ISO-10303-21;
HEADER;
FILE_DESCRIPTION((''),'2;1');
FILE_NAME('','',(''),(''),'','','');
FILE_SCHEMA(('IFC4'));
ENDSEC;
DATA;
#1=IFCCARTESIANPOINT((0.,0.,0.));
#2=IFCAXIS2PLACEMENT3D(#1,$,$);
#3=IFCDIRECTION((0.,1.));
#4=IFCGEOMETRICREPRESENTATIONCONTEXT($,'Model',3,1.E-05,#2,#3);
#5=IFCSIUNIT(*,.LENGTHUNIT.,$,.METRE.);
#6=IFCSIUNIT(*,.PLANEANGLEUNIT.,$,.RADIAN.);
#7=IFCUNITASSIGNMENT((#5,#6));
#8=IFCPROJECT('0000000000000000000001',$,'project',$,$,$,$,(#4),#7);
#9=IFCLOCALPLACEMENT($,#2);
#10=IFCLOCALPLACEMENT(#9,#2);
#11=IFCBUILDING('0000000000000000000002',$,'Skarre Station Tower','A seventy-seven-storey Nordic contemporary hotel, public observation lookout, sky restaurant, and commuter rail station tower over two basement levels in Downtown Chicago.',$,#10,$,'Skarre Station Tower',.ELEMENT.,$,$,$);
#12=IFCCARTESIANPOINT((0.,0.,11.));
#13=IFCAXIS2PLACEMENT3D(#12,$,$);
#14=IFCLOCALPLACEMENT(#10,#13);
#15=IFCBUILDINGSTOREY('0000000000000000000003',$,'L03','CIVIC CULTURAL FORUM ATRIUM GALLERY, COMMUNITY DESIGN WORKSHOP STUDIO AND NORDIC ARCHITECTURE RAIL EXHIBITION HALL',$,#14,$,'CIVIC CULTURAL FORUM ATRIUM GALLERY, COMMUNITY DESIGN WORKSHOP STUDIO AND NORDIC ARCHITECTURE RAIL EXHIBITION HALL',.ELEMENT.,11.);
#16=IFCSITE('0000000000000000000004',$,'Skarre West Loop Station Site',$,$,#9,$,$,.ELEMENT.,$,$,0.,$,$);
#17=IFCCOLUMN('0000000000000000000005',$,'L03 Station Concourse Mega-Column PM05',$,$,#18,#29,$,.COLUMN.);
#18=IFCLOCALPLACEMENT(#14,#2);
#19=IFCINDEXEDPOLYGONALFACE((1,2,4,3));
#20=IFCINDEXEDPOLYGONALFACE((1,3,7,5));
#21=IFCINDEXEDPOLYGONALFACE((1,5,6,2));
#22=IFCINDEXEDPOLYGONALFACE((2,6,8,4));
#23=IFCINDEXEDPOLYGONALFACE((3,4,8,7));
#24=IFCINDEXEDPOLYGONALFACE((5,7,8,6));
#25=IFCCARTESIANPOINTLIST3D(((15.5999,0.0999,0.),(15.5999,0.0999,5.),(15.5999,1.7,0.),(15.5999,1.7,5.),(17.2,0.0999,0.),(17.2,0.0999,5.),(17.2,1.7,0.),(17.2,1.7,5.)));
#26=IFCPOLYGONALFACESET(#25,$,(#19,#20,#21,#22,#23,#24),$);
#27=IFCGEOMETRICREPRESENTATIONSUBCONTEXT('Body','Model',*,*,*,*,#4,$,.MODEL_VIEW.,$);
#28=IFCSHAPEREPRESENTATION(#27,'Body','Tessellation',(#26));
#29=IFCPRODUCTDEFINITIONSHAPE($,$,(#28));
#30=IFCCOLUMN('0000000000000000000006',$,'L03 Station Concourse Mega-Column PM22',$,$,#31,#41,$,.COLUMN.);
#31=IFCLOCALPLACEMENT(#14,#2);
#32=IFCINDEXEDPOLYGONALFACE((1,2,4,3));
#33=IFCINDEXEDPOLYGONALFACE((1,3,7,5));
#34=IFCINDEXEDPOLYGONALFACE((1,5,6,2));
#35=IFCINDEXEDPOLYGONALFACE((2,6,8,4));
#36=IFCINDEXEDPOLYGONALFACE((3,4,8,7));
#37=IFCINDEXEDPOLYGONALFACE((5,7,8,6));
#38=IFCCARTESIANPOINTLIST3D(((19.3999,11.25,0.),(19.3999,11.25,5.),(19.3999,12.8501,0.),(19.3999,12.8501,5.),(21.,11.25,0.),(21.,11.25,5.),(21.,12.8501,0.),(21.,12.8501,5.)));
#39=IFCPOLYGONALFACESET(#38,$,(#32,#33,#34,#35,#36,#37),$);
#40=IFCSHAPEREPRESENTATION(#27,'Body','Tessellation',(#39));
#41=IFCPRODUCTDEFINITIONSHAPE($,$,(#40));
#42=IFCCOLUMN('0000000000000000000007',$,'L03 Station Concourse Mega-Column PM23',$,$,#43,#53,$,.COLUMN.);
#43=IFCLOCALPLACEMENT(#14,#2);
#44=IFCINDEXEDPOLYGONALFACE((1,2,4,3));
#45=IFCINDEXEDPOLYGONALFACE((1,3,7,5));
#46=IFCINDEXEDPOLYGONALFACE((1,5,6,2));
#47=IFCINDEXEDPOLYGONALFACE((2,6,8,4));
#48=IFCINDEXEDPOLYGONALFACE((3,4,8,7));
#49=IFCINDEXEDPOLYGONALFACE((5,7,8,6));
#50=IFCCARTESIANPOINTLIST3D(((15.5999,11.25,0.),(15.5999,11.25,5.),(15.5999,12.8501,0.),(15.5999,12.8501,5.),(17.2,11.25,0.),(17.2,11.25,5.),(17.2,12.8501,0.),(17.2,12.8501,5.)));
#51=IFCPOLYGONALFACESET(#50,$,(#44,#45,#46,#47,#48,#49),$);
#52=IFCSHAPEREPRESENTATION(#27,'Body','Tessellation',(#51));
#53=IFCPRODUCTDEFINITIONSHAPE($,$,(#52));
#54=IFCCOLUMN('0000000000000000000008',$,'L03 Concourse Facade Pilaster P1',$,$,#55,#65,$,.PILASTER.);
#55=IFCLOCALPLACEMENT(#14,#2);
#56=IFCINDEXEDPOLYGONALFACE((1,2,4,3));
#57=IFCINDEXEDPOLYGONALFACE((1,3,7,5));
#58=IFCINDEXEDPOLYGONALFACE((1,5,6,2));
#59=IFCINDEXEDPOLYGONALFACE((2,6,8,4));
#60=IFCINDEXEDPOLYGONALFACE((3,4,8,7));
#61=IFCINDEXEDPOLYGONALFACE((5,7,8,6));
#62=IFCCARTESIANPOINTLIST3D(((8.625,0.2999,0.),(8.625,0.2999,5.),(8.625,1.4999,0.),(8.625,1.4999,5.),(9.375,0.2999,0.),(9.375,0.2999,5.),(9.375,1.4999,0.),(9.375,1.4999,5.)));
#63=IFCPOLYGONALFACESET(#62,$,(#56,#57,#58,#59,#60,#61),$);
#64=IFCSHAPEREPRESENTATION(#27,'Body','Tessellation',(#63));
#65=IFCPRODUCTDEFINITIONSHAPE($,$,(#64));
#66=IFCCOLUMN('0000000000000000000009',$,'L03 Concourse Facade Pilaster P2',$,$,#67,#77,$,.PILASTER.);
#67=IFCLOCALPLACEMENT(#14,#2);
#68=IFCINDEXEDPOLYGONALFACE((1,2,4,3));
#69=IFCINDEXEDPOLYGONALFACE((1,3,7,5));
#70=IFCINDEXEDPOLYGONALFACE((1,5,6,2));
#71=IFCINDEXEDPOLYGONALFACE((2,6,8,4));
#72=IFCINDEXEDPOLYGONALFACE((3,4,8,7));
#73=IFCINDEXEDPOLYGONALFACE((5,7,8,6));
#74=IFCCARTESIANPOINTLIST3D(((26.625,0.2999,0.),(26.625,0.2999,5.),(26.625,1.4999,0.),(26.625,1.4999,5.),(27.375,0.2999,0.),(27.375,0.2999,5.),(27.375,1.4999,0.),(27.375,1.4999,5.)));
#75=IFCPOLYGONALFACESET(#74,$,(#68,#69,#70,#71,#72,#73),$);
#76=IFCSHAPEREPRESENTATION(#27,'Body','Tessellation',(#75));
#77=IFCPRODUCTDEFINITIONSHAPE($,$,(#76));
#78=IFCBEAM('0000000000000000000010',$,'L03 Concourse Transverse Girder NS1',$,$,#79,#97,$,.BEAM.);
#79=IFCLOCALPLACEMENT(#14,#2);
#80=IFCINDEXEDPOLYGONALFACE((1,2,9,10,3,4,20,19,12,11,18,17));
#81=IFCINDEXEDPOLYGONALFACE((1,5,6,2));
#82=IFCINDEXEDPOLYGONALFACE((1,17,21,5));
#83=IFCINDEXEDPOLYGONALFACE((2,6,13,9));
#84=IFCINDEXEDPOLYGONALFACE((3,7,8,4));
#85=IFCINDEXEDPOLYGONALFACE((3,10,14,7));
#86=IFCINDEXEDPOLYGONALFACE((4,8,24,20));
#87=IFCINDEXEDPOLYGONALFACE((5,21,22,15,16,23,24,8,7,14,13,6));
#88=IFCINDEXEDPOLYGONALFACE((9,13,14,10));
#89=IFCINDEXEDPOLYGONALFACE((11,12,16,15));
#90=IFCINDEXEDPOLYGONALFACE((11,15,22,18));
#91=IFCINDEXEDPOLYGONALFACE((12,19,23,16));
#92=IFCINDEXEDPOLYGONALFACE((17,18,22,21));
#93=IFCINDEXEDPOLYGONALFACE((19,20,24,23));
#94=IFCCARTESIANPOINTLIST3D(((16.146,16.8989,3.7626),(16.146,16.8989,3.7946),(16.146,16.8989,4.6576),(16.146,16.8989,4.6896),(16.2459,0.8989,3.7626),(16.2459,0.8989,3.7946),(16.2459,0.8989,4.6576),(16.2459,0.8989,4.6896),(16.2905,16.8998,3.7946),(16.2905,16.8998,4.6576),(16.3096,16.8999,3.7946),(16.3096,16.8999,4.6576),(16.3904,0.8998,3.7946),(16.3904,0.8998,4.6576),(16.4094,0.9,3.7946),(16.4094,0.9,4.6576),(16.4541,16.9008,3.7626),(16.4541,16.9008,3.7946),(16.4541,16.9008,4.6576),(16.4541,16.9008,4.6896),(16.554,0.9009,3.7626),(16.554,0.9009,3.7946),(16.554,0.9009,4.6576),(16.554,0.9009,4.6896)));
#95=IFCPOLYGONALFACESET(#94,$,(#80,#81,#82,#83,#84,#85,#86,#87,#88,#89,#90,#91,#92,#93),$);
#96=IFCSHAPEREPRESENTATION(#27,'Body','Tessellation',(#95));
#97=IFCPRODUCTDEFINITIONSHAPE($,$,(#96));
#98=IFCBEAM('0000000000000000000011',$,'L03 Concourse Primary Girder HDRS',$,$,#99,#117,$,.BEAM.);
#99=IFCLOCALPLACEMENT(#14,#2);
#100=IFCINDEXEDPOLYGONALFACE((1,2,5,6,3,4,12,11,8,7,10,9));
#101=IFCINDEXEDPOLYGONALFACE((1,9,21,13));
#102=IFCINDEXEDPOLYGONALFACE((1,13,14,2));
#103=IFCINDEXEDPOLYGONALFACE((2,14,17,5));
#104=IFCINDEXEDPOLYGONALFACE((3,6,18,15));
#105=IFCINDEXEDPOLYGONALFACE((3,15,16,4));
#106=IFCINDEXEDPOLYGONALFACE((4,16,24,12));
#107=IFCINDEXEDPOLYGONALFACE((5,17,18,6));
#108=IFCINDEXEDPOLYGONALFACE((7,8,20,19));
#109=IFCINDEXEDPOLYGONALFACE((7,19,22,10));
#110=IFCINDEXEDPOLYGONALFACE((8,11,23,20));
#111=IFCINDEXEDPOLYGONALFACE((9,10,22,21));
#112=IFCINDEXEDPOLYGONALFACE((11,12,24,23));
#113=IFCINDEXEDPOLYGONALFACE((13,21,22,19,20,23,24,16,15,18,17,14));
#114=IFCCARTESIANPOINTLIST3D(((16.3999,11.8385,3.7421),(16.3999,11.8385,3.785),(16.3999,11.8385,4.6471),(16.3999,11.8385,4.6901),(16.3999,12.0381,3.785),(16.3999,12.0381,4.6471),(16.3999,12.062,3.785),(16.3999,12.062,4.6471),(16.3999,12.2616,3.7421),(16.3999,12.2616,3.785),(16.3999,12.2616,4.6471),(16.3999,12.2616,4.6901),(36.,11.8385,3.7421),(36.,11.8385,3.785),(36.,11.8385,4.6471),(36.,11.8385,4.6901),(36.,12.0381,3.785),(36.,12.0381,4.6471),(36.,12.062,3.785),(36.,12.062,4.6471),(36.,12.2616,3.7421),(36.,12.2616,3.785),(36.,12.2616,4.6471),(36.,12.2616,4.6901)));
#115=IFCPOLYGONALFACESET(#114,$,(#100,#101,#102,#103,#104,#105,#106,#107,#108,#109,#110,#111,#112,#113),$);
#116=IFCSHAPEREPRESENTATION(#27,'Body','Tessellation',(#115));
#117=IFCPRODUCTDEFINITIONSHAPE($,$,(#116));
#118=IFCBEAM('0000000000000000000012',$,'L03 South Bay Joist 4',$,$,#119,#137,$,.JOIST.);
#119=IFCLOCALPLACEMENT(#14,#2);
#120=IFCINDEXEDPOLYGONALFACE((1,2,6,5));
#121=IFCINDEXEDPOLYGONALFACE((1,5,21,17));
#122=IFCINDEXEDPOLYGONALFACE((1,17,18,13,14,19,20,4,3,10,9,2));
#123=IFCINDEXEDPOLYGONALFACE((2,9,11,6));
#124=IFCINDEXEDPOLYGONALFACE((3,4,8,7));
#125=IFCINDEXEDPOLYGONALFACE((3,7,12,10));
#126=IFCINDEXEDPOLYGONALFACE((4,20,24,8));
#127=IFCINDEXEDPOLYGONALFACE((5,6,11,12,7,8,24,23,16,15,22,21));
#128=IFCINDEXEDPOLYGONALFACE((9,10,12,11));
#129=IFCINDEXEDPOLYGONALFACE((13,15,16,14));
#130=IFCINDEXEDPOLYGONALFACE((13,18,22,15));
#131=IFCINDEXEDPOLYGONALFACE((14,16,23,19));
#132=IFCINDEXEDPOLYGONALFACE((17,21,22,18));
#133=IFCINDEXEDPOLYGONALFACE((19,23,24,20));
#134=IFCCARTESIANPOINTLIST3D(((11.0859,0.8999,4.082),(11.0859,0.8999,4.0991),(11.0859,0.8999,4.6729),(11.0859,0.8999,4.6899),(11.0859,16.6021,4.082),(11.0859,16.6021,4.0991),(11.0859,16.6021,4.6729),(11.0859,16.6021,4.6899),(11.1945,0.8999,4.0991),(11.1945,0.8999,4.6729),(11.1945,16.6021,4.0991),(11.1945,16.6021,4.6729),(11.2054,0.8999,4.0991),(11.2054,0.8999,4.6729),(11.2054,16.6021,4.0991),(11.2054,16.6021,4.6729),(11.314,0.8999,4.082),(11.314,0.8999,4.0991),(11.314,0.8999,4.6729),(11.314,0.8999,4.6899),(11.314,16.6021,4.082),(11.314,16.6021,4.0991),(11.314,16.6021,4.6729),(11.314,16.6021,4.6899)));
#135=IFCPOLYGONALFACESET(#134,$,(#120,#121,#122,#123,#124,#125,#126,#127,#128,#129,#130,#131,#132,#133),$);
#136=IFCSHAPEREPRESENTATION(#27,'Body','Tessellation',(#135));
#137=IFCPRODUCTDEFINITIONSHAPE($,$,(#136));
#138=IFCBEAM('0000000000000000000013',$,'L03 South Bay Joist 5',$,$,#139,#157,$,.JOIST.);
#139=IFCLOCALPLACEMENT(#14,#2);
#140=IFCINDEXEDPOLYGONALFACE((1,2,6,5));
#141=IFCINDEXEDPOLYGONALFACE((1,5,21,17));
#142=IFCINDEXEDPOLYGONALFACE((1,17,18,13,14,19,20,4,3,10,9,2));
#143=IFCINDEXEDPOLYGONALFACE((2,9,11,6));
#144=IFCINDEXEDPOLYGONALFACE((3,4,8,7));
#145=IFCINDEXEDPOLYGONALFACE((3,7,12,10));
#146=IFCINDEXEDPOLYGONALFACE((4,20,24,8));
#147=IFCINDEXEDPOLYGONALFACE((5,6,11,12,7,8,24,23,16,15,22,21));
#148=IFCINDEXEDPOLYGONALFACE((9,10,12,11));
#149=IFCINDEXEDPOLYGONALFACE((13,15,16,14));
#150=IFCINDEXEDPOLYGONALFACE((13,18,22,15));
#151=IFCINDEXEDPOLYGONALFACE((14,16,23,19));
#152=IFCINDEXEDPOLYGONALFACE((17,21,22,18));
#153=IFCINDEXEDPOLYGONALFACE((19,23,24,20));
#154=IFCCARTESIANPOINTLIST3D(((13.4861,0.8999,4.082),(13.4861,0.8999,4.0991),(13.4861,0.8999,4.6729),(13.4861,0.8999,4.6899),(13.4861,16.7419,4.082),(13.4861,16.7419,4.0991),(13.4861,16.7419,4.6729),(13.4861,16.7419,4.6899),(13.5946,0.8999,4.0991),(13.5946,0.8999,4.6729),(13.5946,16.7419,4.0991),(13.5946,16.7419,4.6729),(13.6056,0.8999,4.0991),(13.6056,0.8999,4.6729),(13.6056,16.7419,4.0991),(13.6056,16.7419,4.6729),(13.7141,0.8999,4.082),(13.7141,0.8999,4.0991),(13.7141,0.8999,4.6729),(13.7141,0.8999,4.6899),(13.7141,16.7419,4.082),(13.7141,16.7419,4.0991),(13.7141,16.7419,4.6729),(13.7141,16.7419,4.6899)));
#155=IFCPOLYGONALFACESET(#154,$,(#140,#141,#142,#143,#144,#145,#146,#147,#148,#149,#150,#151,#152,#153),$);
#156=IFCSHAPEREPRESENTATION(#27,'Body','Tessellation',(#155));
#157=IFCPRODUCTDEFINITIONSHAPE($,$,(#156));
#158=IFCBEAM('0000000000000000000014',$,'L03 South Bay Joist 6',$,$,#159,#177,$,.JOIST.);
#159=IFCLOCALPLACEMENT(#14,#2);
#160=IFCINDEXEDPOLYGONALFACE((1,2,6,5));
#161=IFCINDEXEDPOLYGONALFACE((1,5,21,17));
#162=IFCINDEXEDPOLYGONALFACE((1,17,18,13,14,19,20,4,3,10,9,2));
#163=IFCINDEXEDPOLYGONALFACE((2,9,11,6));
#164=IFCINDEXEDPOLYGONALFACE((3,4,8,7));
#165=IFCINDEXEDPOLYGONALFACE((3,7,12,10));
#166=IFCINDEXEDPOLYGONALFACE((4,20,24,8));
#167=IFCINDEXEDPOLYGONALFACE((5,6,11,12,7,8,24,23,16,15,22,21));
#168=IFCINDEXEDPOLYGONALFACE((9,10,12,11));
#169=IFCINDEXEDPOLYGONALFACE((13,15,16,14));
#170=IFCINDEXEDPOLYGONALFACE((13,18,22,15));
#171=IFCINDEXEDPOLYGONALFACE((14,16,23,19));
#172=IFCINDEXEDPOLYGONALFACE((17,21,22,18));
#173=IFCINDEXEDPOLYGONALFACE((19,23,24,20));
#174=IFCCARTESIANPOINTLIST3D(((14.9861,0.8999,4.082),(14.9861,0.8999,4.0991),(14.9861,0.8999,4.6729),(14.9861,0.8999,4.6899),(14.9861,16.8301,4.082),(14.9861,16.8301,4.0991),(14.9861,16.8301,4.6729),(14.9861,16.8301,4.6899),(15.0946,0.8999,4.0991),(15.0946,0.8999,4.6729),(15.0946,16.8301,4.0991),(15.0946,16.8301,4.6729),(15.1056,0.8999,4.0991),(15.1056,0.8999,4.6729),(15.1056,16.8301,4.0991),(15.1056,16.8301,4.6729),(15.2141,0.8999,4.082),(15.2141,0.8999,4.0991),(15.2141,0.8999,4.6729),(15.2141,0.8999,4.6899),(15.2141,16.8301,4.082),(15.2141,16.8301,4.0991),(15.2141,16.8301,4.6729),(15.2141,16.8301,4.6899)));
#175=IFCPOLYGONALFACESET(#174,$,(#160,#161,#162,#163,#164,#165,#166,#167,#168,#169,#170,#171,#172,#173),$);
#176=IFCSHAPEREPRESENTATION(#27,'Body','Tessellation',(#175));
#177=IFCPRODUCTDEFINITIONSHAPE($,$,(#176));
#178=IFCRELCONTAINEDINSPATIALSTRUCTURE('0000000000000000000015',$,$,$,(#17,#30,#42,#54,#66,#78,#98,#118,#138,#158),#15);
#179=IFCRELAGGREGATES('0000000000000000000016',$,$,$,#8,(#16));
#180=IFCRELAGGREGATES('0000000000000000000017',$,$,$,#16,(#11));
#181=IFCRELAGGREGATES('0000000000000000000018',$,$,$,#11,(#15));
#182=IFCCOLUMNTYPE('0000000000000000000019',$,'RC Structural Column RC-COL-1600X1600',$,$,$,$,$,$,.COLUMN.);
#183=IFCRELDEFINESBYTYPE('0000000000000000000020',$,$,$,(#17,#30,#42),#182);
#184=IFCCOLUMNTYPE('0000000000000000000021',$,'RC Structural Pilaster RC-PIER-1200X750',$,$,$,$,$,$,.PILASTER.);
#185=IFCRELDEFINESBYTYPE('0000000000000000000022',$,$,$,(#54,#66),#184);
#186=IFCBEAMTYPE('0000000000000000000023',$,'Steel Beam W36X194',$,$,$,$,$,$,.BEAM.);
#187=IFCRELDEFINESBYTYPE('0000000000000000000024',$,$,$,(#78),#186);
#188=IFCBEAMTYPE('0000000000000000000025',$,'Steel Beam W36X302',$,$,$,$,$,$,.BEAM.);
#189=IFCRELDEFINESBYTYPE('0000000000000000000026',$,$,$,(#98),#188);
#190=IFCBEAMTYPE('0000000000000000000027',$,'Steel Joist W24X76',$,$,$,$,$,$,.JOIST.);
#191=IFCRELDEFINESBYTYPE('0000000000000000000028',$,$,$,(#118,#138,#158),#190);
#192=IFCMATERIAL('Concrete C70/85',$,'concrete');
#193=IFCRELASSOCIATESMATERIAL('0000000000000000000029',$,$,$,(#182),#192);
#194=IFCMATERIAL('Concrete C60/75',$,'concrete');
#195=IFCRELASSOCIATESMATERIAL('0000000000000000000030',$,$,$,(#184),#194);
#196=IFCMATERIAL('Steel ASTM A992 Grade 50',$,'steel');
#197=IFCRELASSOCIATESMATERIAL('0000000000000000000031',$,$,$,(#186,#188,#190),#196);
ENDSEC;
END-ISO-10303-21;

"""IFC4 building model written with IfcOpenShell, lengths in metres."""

from ifc_helpers import new_model, si_unit, direction, frame, origin, origin_2d, place, context, subcontext, project, spatial, rectangle, i_section, extrude, material, material_profile, profile_set, type_object, element, save


model = new_model("IFC4")

# Units and contexts
model_context = context("Model", 3, precision=1e-05, world=origin(), true_north=direction((0.0, 1.0)))
body_context = subcontext(model_context, "Body", "Model", "MODEL_VIEW")
ifc_project = project(units=[si_unit("LENGTHUNIT", "METRE"), si_unit("PLANEANGLEUNIT", "RADIAN")], contexts=[model_context])

# Site, building, storey
site_placement = place(None, origin())
site = spatial("IfcSite", under=ifc_project, at=site_placement, Name="Skarre West Loop Station Site", CompositionType="ELEMENT", RefElevation=0.0)
building_placement = place(site_placement, origin())
building = spatial("IfcBuilding", under=site, at=building_placement, Name="Skarre Station Tower", Description="A seventy-seven-storey Nordic contemporary hotel, public observation lookout, sky restaurant, and commuter rail station tower over two basement levels in Downtown Chicago.", LongName="Skarre Station Tower", CompositionType="ELEMENT")
storey_placement = place(building_placement, frame((0.0, 0.0, 11.0)))
storey = spatial("IfcBuildingStorey", under=building, at=storey_placement, Name="L03", Description="CIVIC CULTURAL FORUM ATRIUM GALLERY, COMMUNITY DESIGN WORKSHOP STUDIO AND NORDIC ARCHITECTURE RAIL EXHIBITION HALL", LongName="CIVIC CULTURAL FORUM ATRIUM GALLERY, COMMUNITY DESIGN WORKSHOP STUDIO AND NORDIC ARCHITECTURE RAIL EXHIBITION HALL", CompositionType="ELEMENT", Elevation=11.0)

# Columns
ifc_material_1 = material(Name="Concrete C70/85", Category="concrete")
ifc_material_profile_1 = material_profile(ifc_material_1, rectangle(XDim=1.6001, YDim=1.6001, at=origin_2d()), Name="Concrete C70/85")
ifc_profile_set_1 = profile_set([ifc_material_profile_1], Name="Concrete C70/85")
column_type_1 = type_object("IfcColumnType", Name="RC Structural Column RC-COL-1600X1600", PredefinedType="COLUMN", material=ifc_profile_set_1)
for number, where, z_axis, x_axis, name in (
    (1, (16.3999, 0.8999, 0.0), (0.0, 0.0, 1.0), (1.0, 0.0, 0.0), "L03 Station Concourse Mega-Column PM05"),
    (2, (20.2, 12.05, 0.0), (0.0, 0.0, 1.0), (1.0, 0.0, 0.0), "L03 Station Concourse Mega-Column PM22"),
    (3, (16.3999, 12.05, 0.0), (0.0, 0.0, 1.0), (1.0, 0.0, 0.0), "L03 Station Concourse Mega-Column PM23"),
):
    element("IfcColumn", number, at=place(storey_placement, frame(where, z_axis=z_axis, x_axis=x_axis)), inside=storey, type_object=column_type_1, Name=name, PredefinedType="COLUMN", context=body_context, shape_type="SweptSolid", body=[
        extrude(rectangle(XDim=1.6001, YDim=1.6001, at=origin_2d()), origin(), (0.0, 0.0, 1.0), 5.0),
    ])
ifc_material_2 = material(Name="Concrete C60/75", Category="concrete")
ifc_material_profile_2 = material_profile(ifc_material_2, rectangle(XDim=0.75, YDim=1.2, at=origin_2d()), Name="Concrete C60/75")
ifc_profile_set_2 = profile_set([ifc_material_profile_2], Name="Concrete C60/75")
column_type_2 = type_object("IfcColumnType", Name="RC Structural Pilaster RC-PIER-1200X750", PredefinedType="PILASTER", material=ifc_profile_set_2)
for number, where, z_axis, x_axis, name in (
    (4, (9.0, 0.8999, 0.0), (0.0, 0.0, 1.0), (1.0, 0.0, 0.0), "L03 Concourse Facade Pilaster P1"),
    (5, (27.0, 0.8999, 0.0), (0.0, 0.0, 1.0), (1.0, 0.0, 0.0), "L03 Concourse Facade Pilaster P2"),
):
    element("IfcColumn", number, at=place(storey_placement, frame(where, z_axis=z_axis, x_axis=x_axis)), inside=storey, type_object=column_type_2, Name=name, PredefinedType="PILASTER", context=body_context, shape_type="SweptSolid", body=[
        extrude(rectangle(XDim=0.75, YDim=1.2, at=origin_2d()), origin(), (0.0, 0.0, 1.0), 5.0),
    ])

# Beams
ifc_material_3 = material(Name="Steel ASTM A992 Grade 50", Category="steel")
ifc_material_profile_3 = material_profile(ifc_material_3, i_section(OverallWidth=0.3081, OverallDepth=0.927, WebThickness=0.019, FlangeThickness=0.032, at=origin_2d()), Name="Steel ASTM A992 Grade 50")
ifc_profile_set_3 = profile_set([ifc_material_profile_3], Name="Steel ASTM A992 Grade 50")
beam_type_1 = type_object("IfcBeamType", Name="Steel Beam W36X194", PredefinedType="BEAM", material=ifc_profile_set_3)
beam_1_placement = place(storey_placement, frame((16.3999, 0.8999, 4.2261), z_axis=(-0.006241, 0.999981, 0.0), x_axis=(-0.999981, -0.006241, 0.0)))
element("IfcBeam", 6, at=beam_1_placement, inside=storey, type_object=beam_type_1, Name="L03 Concourse Transverse Girder NS1", PredefinedType="BEAM", context=body_context, shape_type="SweptSolid", body=[
    extrude(i_section(OverallWidth=0.3081, OverallDepth=0.927, WebThickness=0.019, FlangeThickness=0.032, at=origin_2d()), origin(), (0.0, 0.0, 1.0), 16.0002),
])
ifc_material_profile_4 = material_profile(ifc_material_3, i_section(OverallWidth=0.4231, OverallDepth=0.948, WebThickness=0.0239, FlangeThickness=0.043, at=origin_2d()), Name="Steel ASTM A992 Grade 50")
ifc_profile_set_4 = profile_set([ifc_material_profile_4], Name="Steel ASTM A992 Grade 50")
beam_type_2 = type_object("IfcBeamType", Name="Steel Beam W36X302", PredefinedType="BEAM", material=ifc_profile_set_4)
beam_2_placement = place(storey_placement, frame((16.3999, 12.05, 4.2161), z_axis=(1.0, 0.0, 0.0), x_axis=(0.0, 1.0, 0.0)))
element("IfcBeam", 7, at=beam_2_placement, inside=storey, type_object=beam_type_2, Name="L03 Concourse Primary Girder HDRS", PredefinedType="BEAM", context=body_context, shape_type="SweptSolid", body=[
    extrude(i_section(OverallWidth=0.4231, OverallDepth=0.948, WebThickness=0.0239, FlangeThickness=0.043, at=origin_2d()), origin(), (0.0, 0.0, 1.0), 19.6001),
])
ifc_material_profile_5 = material_profile(ifc_material_3, i_section(OverallWidth=0.228, OverallDepth=0.6079, WebThickness=0.011, FlangeThickness=0.0171, at=origin_2d()), Name="Steel ASTM A992 Grade 50")
ifc_profile_set_5 = profile_set([ifc_material_profile_5], Name="Steel ASTM A992 Grade 50")
beam_type_3 = type_object("IfcBeamType", Name="Steel Joist W24X76", PredefinedType="JOIST", material=ifc_profile_set_5)
beam_3_placement = place(storey_placement, frame((11.2, 0.8999, 4.386), z_axis=(0.0, 1.0, 0.0), x_axis=(-1.0, 0.0, 0.0)))
element("IfcBeam", 8, at=beam_3_placement, inside=storey, type_object=beam_type_3, Name="L03 South Bay Joist 4", PredefinedType="JOIST", context=body_context, shape_type="SweptSolid", body=[
    extrude(i_section(OverallWidth=0.228, OverallDepth=0.6079, WebThickness=0.011, FlangeThickness=0.0171, at=origin_2d()), origin(), (0.0, 0.0, 1.0), 15.7021),
])
beam_4_placement = place(storey_placement, frame((13.6001, 0.8999, 4.386), z_axis=(0.0, 1.0, 0.0), x_axis=(-1.0, 0.0, 0.0)))
element("IfcBeam", 9, at=beam_4_placement, inside=storey, type_object=beam_type_3, Name="L03 South Bay Joist 5", PredefinedType="JOIST", context=body_context, shape_type="SweptSolid", body=[
    extrude(i_section(OverallWidth=0.228, OverallDepth=0.6079, WebThickness=0.011, FlangeThickness=0.0171, at=origin_2d()), origin(), (0.0, 0.0, 1.0), 15.842),
])
beam_5_placement = place(storey_placement, frame((15.1001, 0.8999, 4.386), z_axis=(0.0, 1.0, 0.0), x_axis=(-1.0, 0.0, 0.0)))
element("IfcBeam", 10, at=beam_5_placement, inside=storey, type_object=beam_type_3, Name="L03 South Bay Joist 6", PredefinedType="JOIST", context=body_context, shape_type="SweptSolid", body=[
    extrude(i_section(OverallWidth=0.228, OverallDepth=0.6079, WebThickness=0.011, FlangeThickness=0.0171, at=origin_2d()), origin(), (0.0, 0.0, 1.0), 15.9302),
])

save(model, "model.ifc")
